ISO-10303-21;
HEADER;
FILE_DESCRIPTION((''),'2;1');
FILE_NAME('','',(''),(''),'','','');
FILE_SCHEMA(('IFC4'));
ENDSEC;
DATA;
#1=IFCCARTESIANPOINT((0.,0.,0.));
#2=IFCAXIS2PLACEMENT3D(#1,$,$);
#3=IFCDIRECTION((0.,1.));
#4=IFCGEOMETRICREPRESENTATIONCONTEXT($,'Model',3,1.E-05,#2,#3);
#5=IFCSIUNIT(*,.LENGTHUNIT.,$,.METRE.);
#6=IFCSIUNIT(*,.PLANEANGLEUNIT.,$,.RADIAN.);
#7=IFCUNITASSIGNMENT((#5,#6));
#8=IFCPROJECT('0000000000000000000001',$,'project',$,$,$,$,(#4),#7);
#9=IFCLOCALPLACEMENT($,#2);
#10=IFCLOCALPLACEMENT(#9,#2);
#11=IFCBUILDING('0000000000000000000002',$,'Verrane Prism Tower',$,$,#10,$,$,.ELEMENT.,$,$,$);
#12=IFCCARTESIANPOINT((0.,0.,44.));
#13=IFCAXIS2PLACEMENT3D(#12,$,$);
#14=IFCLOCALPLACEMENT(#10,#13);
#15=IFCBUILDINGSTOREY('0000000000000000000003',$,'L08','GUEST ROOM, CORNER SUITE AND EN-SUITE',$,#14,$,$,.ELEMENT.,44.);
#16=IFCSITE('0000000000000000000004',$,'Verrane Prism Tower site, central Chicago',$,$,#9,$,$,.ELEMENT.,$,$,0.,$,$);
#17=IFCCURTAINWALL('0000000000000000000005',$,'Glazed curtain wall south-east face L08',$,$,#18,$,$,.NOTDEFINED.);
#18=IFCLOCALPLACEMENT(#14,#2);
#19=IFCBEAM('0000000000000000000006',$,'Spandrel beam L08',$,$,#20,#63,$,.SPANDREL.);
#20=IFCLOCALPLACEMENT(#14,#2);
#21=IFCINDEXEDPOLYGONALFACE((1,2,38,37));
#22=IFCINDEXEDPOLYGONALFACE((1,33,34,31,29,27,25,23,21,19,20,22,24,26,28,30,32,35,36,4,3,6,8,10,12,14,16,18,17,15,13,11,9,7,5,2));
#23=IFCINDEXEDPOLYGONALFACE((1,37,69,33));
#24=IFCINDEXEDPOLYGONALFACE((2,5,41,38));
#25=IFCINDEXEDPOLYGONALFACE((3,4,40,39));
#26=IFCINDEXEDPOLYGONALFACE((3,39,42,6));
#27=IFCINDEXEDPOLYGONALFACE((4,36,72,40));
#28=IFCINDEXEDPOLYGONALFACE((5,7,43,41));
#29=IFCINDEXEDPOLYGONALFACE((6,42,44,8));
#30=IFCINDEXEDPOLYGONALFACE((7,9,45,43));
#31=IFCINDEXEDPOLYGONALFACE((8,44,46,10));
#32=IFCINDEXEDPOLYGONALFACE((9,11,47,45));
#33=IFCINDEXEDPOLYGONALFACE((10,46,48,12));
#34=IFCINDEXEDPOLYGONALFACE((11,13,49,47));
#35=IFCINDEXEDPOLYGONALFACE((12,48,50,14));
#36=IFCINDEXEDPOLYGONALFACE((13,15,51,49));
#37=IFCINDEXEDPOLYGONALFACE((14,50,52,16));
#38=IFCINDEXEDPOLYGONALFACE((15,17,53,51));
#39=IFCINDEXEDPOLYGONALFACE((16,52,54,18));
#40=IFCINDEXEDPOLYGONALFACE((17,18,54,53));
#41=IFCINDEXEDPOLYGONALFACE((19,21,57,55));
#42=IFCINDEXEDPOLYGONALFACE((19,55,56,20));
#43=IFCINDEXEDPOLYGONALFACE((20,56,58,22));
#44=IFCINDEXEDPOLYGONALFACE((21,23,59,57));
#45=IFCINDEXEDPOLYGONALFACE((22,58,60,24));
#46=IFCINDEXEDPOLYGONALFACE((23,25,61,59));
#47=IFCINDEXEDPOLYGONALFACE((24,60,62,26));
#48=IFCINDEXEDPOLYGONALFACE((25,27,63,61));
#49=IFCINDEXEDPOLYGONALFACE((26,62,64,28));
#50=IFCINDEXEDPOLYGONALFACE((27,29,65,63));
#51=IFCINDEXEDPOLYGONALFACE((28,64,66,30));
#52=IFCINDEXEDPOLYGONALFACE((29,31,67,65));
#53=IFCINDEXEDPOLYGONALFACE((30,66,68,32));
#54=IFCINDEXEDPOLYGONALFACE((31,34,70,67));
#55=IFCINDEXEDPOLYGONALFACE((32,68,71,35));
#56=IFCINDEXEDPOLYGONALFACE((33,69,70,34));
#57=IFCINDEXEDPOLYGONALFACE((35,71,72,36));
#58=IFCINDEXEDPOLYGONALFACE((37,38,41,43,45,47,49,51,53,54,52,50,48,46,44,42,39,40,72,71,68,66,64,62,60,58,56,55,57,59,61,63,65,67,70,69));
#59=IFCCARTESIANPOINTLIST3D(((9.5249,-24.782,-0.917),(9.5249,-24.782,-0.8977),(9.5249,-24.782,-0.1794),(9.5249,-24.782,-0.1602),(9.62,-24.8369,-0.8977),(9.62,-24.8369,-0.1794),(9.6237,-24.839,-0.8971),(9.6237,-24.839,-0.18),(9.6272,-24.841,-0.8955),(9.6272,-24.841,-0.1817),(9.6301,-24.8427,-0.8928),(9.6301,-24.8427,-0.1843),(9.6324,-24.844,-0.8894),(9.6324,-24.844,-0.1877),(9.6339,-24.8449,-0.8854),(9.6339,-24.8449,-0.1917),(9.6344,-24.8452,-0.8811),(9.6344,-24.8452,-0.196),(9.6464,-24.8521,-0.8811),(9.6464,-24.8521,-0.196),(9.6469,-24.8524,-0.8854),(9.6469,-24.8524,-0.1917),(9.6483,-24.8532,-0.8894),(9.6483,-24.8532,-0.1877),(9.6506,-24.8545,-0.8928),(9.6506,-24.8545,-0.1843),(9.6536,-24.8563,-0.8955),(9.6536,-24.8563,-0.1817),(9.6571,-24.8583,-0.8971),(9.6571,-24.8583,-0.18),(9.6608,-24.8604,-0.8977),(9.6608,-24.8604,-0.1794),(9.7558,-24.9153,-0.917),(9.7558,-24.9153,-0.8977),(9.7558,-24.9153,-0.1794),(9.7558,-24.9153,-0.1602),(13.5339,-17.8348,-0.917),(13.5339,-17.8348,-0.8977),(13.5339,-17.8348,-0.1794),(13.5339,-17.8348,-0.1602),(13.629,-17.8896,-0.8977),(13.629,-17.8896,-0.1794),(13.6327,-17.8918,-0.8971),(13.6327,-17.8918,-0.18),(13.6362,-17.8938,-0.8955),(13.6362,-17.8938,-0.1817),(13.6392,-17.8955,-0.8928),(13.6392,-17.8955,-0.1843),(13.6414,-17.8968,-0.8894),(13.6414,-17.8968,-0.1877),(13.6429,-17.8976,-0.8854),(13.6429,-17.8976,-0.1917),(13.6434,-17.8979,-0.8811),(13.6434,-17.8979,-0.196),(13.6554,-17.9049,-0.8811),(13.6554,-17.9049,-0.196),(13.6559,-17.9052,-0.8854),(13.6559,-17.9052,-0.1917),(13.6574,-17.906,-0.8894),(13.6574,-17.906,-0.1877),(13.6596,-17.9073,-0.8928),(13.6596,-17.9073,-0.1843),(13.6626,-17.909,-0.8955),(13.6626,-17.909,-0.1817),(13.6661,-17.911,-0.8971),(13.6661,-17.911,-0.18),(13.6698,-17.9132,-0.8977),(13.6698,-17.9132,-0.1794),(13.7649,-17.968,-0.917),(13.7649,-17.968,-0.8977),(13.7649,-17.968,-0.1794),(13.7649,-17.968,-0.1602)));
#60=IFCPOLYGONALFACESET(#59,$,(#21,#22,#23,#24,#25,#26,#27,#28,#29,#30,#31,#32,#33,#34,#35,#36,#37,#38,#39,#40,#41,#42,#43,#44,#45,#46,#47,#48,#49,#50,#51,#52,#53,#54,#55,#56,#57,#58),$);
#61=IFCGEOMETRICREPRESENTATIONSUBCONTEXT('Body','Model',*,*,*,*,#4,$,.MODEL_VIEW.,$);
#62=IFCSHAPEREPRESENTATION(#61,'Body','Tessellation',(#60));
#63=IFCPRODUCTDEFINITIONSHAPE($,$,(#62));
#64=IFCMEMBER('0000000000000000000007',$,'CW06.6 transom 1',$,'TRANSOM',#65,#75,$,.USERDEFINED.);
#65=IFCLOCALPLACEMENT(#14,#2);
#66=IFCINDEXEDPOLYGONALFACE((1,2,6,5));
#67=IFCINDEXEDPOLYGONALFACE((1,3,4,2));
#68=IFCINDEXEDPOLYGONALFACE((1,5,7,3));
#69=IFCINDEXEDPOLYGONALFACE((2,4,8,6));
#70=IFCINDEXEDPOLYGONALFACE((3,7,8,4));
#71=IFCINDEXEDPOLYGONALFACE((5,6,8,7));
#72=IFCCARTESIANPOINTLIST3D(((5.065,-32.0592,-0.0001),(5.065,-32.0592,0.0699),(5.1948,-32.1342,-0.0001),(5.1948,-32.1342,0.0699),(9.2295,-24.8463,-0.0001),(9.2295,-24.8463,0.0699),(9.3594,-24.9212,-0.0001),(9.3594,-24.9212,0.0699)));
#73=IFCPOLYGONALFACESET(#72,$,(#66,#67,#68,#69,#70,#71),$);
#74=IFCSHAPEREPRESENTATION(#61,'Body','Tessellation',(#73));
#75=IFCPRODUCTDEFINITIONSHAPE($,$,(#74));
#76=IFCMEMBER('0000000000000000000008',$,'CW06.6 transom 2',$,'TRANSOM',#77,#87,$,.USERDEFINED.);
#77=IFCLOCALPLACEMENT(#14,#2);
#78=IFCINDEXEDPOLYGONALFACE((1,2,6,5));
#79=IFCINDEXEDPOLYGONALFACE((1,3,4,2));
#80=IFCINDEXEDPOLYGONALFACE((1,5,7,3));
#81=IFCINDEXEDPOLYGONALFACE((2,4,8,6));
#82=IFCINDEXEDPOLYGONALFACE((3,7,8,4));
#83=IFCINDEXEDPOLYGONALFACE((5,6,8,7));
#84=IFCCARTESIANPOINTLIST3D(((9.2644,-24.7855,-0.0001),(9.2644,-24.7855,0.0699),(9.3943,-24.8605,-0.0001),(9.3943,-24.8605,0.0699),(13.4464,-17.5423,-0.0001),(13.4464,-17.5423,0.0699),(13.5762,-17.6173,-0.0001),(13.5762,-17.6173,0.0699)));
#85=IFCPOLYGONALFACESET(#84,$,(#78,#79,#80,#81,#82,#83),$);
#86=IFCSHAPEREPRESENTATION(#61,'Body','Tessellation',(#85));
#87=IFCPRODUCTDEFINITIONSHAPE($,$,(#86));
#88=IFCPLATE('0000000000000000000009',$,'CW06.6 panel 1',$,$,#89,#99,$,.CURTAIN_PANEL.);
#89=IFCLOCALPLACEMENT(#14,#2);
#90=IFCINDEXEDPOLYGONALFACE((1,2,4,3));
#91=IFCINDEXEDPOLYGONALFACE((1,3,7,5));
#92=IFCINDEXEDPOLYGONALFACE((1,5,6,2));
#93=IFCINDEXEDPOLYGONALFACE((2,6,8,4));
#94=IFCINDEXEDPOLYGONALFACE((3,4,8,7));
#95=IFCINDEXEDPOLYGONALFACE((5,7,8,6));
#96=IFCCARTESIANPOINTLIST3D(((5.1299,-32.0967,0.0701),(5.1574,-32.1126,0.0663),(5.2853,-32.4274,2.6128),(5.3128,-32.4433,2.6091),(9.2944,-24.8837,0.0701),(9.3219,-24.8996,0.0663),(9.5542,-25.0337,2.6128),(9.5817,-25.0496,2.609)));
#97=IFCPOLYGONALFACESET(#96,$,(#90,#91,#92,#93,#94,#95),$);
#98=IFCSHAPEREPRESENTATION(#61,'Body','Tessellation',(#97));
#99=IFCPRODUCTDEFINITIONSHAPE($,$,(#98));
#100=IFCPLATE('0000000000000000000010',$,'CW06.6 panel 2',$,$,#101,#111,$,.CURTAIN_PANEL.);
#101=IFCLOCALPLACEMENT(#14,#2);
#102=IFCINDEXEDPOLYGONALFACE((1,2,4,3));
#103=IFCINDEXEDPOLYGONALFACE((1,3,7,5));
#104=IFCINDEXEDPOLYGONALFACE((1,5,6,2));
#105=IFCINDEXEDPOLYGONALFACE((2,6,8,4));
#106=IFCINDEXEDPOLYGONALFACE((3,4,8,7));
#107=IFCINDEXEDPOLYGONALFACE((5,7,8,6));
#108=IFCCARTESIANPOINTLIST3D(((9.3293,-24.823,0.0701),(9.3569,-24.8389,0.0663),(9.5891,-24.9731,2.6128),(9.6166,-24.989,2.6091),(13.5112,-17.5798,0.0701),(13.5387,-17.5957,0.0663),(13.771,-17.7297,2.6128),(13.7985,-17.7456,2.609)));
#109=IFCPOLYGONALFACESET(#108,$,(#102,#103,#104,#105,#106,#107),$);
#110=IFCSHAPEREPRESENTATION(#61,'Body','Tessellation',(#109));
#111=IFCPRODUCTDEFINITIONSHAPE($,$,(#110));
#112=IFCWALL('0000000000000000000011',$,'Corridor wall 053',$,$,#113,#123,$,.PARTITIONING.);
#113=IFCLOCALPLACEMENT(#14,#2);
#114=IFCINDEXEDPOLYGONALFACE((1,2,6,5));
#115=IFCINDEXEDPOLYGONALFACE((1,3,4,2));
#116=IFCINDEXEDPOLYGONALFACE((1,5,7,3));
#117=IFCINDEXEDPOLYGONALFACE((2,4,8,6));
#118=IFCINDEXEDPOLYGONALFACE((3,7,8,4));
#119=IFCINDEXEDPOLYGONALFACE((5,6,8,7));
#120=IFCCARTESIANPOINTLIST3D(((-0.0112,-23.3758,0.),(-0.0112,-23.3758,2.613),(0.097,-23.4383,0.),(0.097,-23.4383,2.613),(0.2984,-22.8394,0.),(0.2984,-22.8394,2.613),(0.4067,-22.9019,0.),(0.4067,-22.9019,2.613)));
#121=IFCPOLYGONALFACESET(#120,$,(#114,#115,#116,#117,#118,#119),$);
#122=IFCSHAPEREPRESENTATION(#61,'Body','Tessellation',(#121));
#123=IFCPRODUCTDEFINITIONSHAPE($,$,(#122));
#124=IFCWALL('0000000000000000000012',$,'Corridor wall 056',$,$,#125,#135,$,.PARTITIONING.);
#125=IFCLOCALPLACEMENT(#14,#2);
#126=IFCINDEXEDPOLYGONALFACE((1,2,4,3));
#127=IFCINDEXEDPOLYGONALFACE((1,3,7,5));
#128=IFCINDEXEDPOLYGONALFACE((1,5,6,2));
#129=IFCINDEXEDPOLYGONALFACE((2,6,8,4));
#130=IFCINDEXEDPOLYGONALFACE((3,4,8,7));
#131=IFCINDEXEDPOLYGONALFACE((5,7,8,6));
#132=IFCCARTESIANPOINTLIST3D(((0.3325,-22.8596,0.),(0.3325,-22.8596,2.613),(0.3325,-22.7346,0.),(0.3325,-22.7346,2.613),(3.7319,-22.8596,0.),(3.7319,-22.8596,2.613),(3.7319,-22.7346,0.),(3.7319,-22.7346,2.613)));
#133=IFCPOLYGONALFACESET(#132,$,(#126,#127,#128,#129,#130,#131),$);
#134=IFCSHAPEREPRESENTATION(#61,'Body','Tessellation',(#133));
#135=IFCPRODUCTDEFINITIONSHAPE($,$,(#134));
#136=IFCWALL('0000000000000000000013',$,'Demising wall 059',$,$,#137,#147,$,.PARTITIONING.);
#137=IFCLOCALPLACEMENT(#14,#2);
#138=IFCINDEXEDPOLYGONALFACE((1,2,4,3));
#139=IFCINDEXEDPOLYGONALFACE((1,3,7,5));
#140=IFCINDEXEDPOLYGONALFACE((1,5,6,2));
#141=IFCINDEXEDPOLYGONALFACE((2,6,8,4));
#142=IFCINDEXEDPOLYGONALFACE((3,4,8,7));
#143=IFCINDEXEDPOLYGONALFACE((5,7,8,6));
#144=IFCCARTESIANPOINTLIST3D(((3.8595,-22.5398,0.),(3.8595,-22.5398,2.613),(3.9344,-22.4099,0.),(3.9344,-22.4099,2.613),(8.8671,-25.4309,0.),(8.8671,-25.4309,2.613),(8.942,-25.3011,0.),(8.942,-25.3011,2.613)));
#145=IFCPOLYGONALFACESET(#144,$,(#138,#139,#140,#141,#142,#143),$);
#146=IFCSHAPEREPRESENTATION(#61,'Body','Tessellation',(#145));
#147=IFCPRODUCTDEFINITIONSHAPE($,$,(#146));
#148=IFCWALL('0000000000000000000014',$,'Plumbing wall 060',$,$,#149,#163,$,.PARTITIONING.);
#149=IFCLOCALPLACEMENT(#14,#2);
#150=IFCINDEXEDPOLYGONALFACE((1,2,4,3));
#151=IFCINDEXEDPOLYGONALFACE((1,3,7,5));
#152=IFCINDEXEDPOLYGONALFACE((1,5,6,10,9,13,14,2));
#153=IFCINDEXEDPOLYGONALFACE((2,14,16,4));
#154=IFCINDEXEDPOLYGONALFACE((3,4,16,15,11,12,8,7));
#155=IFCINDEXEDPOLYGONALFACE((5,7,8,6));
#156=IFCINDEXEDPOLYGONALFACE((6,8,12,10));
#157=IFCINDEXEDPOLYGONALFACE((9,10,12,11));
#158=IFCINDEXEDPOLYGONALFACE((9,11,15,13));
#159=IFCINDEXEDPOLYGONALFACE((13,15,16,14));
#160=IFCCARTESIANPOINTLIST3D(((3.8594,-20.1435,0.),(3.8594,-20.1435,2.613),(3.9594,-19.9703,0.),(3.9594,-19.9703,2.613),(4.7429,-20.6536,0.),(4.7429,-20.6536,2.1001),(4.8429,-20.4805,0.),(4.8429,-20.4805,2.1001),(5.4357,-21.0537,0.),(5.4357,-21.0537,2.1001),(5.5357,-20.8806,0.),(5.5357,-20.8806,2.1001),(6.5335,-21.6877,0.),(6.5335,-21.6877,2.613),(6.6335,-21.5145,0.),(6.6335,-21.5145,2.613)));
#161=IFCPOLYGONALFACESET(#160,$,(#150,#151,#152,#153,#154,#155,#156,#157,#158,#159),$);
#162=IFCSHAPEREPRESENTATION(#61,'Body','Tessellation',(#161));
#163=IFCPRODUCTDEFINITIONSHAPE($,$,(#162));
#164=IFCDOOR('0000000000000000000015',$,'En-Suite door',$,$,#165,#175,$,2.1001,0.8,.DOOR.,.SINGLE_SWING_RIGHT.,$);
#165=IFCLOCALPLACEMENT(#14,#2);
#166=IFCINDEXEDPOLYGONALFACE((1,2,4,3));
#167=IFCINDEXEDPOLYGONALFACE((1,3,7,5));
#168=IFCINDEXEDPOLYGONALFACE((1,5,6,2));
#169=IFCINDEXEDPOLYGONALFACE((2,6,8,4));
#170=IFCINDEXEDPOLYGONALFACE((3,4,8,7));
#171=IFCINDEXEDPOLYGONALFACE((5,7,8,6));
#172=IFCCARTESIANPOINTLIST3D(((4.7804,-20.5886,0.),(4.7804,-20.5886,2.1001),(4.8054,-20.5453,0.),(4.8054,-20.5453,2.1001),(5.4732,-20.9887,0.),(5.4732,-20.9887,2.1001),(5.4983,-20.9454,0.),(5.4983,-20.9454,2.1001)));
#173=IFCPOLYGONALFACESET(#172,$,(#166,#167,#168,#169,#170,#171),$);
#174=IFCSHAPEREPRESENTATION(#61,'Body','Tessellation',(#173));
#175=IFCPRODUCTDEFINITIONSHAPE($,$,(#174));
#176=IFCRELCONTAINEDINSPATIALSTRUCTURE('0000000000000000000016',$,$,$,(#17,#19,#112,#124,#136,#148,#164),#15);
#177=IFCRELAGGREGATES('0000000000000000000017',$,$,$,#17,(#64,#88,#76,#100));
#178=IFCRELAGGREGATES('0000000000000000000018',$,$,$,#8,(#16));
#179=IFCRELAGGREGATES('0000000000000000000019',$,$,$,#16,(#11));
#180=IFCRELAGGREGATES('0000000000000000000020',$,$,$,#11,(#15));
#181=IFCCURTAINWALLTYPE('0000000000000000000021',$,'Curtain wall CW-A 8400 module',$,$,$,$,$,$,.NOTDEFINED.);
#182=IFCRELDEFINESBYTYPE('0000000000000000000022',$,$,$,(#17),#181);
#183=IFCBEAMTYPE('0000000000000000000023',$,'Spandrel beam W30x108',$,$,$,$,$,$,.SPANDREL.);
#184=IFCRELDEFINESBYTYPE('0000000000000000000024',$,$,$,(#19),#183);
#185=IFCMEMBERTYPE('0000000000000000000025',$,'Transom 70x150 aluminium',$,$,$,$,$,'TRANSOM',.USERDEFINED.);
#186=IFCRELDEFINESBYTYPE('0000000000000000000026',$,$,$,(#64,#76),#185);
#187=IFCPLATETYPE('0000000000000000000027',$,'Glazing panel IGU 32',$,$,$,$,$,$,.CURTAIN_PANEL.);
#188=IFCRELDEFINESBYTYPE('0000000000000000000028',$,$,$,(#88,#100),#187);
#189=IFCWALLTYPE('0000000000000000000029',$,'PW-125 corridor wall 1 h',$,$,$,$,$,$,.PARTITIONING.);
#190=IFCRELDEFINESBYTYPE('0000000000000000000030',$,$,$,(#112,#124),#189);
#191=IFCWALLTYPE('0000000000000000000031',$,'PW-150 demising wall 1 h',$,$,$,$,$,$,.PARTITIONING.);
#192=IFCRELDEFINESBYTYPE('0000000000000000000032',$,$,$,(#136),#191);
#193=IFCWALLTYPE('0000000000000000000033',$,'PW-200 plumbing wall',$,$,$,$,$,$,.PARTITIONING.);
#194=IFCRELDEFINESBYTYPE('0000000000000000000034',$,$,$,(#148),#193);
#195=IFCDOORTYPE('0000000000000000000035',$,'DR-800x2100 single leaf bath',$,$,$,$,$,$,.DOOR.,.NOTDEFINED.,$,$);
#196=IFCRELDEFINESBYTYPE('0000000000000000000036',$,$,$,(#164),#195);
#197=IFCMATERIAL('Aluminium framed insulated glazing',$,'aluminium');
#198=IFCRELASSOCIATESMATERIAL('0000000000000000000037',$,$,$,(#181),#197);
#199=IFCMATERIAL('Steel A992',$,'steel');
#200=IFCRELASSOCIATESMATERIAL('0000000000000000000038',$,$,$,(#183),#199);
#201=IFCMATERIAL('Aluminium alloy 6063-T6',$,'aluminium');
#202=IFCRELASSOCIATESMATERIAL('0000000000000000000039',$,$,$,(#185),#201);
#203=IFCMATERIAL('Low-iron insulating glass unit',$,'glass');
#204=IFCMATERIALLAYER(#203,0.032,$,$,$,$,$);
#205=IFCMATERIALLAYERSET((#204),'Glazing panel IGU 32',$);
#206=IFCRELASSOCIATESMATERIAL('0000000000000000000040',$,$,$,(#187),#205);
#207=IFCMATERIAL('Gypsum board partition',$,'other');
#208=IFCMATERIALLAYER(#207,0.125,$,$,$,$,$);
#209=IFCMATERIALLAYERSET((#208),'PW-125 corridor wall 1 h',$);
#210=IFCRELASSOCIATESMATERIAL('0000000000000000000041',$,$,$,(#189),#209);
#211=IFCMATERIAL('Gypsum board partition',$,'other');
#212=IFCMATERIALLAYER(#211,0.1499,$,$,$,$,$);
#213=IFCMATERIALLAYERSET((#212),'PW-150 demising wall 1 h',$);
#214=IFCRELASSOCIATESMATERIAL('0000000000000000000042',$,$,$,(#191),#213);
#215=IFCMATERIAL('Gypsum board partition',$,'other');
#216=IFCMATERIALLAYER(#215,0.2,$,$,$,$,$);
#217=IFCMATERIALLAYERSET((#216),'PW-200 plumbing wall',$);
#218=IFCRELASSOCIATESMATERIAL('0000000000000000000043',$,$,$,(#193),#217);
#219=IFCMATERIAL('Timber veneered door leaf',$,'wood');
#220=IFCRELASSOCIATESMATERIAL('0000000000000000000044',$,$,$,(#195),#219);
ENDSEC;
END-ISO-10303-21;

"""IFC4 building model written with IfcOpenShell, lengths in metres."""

from ifc_helpers import new_model, si_unit, direction, frame, frame_2d, origin, origin_2d, place, context, subcontext, project, spatial, polyline, rectangle, i_section, outline, extrude, material, layer, layer_set, material_profile, profile_set, type_object, element, fill, aggregate, save


model = new_model("IFC4")

# Units and contexts
model_context = context("Model", 3, precision=1e-05, world=origin(), true_north=direction((0.0, 1.0)))
body_context = subcontext(model_context, "Body", "Model", "MODEL_VIEW")
ifc_project = project(units=[si_unit("LENGTHUNIT", "METRE"), si_unit("PLANEANGLEUNIT", "RADIAN")], contexts=[model_context])

# Site, building, storey
site_placement = place(None, origin())
site = spatial("IfcSite", under=ifc_project, at=site_placement, Name="Verrane Prism Tower site, central Chicago", CompositionType="ELEMENT", RefElevation=0.0)
building_placement = place(site_placement, origin())
building = spatial("IfcBuilding", under=site, at=building_placement, Name="Verrane Prism Tower", CompositionType="ELEMENT")
storey_placement = place(building_placement, frame((0.0, 0.0, 44.0)))
storey = spatial("IfcBuildingStorey", under=building, at=storey_placement, Name="L08", Description="GUEST ROOM, CORNER SUITE AND EN-SUITE", CompositionType="ELEMENT", Elevation=44.0)

# Curtain wall
ifc_material_1 = material(Name="Aluminium framed insulated glazing", Category="aluminium")
curtain_wall_type = type_object("IfcCurtainWallType", Name="Curtain wall CW-A 8400 module", PredefinedType="NOTDEFINED", material=ifc_material_1)
curtain_wall_placement = place(storey_placement, origin())
curtain_wall = element("IfcCurtainWall", 1, at=curtain_wall_placement, inside=storey, type_object=curtain_wall_type, Name="Glazed curtain wall south-east face L08", PredefinedType="NOTDEFINED")

# Beam
ifc_material_2 = material(Name="Steel A992", Category="steel")
ifc_material_profile_1 = material_profile(ifc_material_2, i_section(OverallWidth=0.2666, OverallDepth=0.7568, WebThickness=0.0139, FlangeThickness=0.0193, FilletRadius=0.0166, at=origin_2d()), Name="W30x108")
ifc_profile_set_1 = profile_set([ifc_material_profile_1], Name="Steel A992")
beam_type_1 = type_object("IfcBeamType", Name="Spandrel beam W30x108", PredefinedType="SPANDREL", material=ifc_profile_set_1)
beam_1_placement = place(storey_placement, frame((9.6404, -24.8486, -0.5386), z_axis=(0.499816, 0.866132, 0.0), x_axis=(-0.866132, 0.499816, 0.0)))
element("IfcBeam", 2, at=beam_1_placement, inside=storey, type_object=beam_type_1, Name="Spandrel beam L08", PredefinedType="SPANDREL", context=body_context, shape_type="SweptSolid", body=[
    extrude(i_section(OverallWidth=0.2666, OverallDepth=0.7568, WebThickness=0.0139, FlangeThickness=0.0193, FilletRadius=0.0166, at=origin_2d()), origin(), (0.0, 0.0, 1.0), 8.021),
])

# Members
ifc_material_3 = material(Name="Aluminium alloy 6063-T6", Category="aluminium")
ifc_material_profile_2 = material_profile(ifc_material_3, rectangle(XDim=0.1499, YDim=0.0701, at=origin_2d()), Name="Transom 70x150 aluminium")
ifc_profile_set_2 = profile_set([ifc_material_profile_2], Name="Aluminium alloy 6063-T6")
member_type_1 = type_object("IfcMemberType", Name="Transom 70x150 aluminium", ElementType="TRANSOM", PredefinedType="USERDEFINED", material=ifc_profile_set_2)
member_1_placement = place(storey_placement, frame((5.1299, -32.0967, 0.0349), z_axis=(0.500017, 0.866016, 0.0), x_axis=(-0.866016, 0.500017, 0.0)))
member_1 = element("IfcMember", 3, at=member_1_placement, type_object=member_type_1, Name="CW06.6 transom 1", ObjectType="TRANSOM", PredefinedType="USERDEFINED", context=body_context, shape_type="SweptSolid", body=[
    extrude(rectangle(XDim=0.1499, YDim=0.0701, at=origin_2d()), origin(), (0.0, 0.0, 1.0), 8.3289),
])
member_2_placement = place(storey_placement, frame((9.3293, -24.823, 0.0349), z_axis=(0.500004, 0.866023, 0.0), x_axis=(-0.866023, 0.500004, 0.0)))
member_2 = element("IfcMember", 4, at=member_2_placement, type_object=member_type_1, Name="CW06.6 transom 2", ObjectType="TRANSOM", PredefinedType="USERDEFINED", context=body_context, shape_type="SweptSolid", body=[
    extrude(rectangle(XDim=0.1499, YDim=0.0701, at=origin_2d()), origin(), (0.0, 0.0, 1.0), 8.3638),
])

# Plates
ifc_material_4 = material(Name="Low-iron insulating glass unit", Category="glass")
ifc_layer_1 = layer(ifc_material_4, 0.032)
ifc_layer_set_1 = layer_set([ifc_layer_1], Name="Glazing panel IGU 32")
plate_type = type_object("IfcPlateType", Name="Glazing panel IGU 32", PredefinedType="CURTAIN_PANEL", material=ifc_layer_set_1)
plate_1_placement = place(storey_placement, frame((5.1299, -32.0967, 0.0701), z_axis=(-0.860056, 0.496563, 0.117172), x_axis=(0.500008, 0.866021, 0.000001)))
plate_1 = element("IfcPlate", 5, at=plate_1_placement, type_object=plate_type, Name="CW06.6 panel 1", PredefinedType="CURTAIN_PANEL", context=body_context, shape_type="SweptSolid", body=[
    extrude(outline(polyline([(0.0, 0.0), (8.3288, 0.0), (8.3289, -2.5604), (-0.2087, -2.5604), (0.0, 0.0)])), origin(), (0.0, 0.0, -1.0), 0.032),
])
plate_2_placement = place(storey_placement, frame((9.3293, -24.823, 0.0701), z_axis=(-0.860062, 0.496554, 0.117162), x_axis=(0.499998, 0.866027, 0.000001)))
plate_2 = element("IfcPlate", 6, at=plate_2_placement, type_object=plate_type, Name="CW06.6 panel 2", PredefinedType="CURTAIN_PANEL", context=body_context, shape_type="SweptSolid", body=[
    extrude(outline(polyline([(0.0, 0.0), (8.3637, 0.0), (8.3638, -2.5604), (-0.0001, -2.5604), (0.0, 0.0)])), origin(), (0.0, 0.0, -1.0), 0.032),
])
aggregate(curtain_wall, [member_1, plate_1, member_2, plate_2])

# Walls
ifc_material_5 = material(Name="Gypsum board partition", Category="other")
ifc_layer_2 = layer(ifc_material_5, 0.125)
ifc_layer_set_2 = layer_set([ifc_layer_2], Name="PW-125 corridor wall 1 h")
wall_type_1 = type_object("IfcWallType", Name="PW-125 corridor wall 1 h", PredefinedType="PARTITIONING", material=ifc_layer_set_2)
wall_1_placement = place(storey_placement, frame((0.043, -23.407, 0.0), z_axis=(0.0, 0.0, 1.0), x_axis=(0.49987, 0.8661, 0.0)))
element("IfcWall", 7, at=wall_1_placement, inside=storey, type_object=wall_type_1, Name="Corridor wall 053", PredefinedType="PARTITIONING", context=body_context, shape_type="SweptSolid", body=[
    extrude(rectangle(XDim=0.6194, YDim=0.125, at=frame_2d((0.3096, 0.0))), origin(), (0.0, 0.0, 1.0), 2.613),
])
wall_2_placement = place(storey_placement, frame((0.3325, -22.7971, 0.0), z_axis=(0.0, 0.0, 1.0), x_axis=(1.0, 0.0, 0.0)))
element("IfcWall", 8, at=wall_2_placement, inside=storey, type_object=wall_type_1, Name="Corridor wall 056", PredefinedType="PARTITIONING", context=body_context, shape_type="SweptSolid", body=[
    extrude(rectangle(XDim=3.3994, YDim=0.125, at=frame_2d((1.6997, 0.0))), origin(), (0.0, 0.0, 1.0), 2.613),
])
ifc_material_6 = material(Name="Gypsum board partition", Category="other")
ifc_layer_3 = layer(ifc_material_6, 0.1499)
ifc_layer_set_3 = layer_set([ifc_layer_3], Name="PW-150 demising wall 1 h")
wall_type_2 = type_object("IfcWallType", Name="PW-150 demising wall 1 h", PredefinedType="PARTITIONING", material=ifc_layer_set_3)
wall_3_placement = place(storey_placement, frame((3.897, -22.4749, 0.0), z_axis=(0.0, 0.0, 1.0), x_axis=(0.866026, -0.499999, 0.0)))
element("IfcWall", 9, at=wall_3_placement, inside=storey, type_object=wall_type_2, Name="Demising wall 059", PredefinedType="PARTITIONING", context=body_context, shape_type="SweptSolid", body=[
    extrude(rectangle(XDim=5.7822, YDim=0.1499, at=frame_2d((2.8911, 0.0))), origin(), (0.0, 0.0, 1.0), 2.613),
])

# Wall, opening, door
ifc_material_7 = material(Name="Gypsum board partition", Category="other")
ifc_layer_4 = layer(ifc_material_7, 0.2)
ifc_layer_set_4 = layer_set([ifc_layer_4], Name="PW-200 plumbing wall")
wall_type_3 = type_object("IfcWallType", Name="PW-200 plumbing wall", PredefinedType="PARTITIONING", material=ifc_layer_set_4)
wall_4_placement = place(storey_placement, frame((6.5835, -21.6011, 0.0), z_axis=(0.0, 0.0, 1.0), x_axis=(-0.865981, 0.500076, 0.0)))
wall_4 = element("IfcWall", 10, at=wall_4_placement, inside=storey, type_object=wall_type_3, Name="Plumbing wall 060", PredefinedType="PARTITIONING", context=body_context, shape_type="SweptSolid", body=[
    extrude(rectangle(XDim=3.0879, YDim=0.2, at=frame_2d((1.5439, 0.0))), origin(), (0.0, 0.0, 1.0), 2.613),
])
opening_placement = place(wall_4_placement, frame((1.2678, 0.0, 0.0)))
opening = element("IfcOpeningElement", 11, at=opening_placement, cuts=wall_4, PredefinedType="OPENING", context=body_context, shape_type="SweptSolid", body=[
    extrude(rectangle(XDim=0.8, YDim=2.1001, at=frame_2d((0.3999, 1.05))), frame((0.0, 0.1099, 0.0), z_axis=(0.0, -1.0, 0.0), x_axis=(1.0, 0.0, 0.0)), (0.0, 0.0, 1.0), 0.22),
])
ifc_material_8 = material(Name="Timber veneered door leaf", Category="wood")
door_type = type_object("IfcDoorType", Name="DR-800x2100 single leaf bath", OperationType="NOTDEFINED", PredefinedType="DOOR", material=ifc_material_8)
door_placement = place(opening_placement, origin())
door = element("IfcDoor", 12, at=door_placement, inside=storey, type_object=door_type, Name="En-Suite door", OperationType="SINGLE_SWING_RIGHT", OverallHeight=2.1001, OverallWidth=0.8, PredefinedType="DOOR", context=body_context, shape_type="SweptSolid", body=[
    extrude(rectangle(XDim=0.8, YDim=2.1001, at=frame_2d((0.3999, 1.05))), frame((0.0, 0.0249, 0.0), z_axis=(0.0, -1.0, 0.0), x_axis=(1.0, 0.0, 0.0)), (0.0, 0.0, 1.0), 0.05),
])
fill(opening, door)

save(model, "model.ifc")
